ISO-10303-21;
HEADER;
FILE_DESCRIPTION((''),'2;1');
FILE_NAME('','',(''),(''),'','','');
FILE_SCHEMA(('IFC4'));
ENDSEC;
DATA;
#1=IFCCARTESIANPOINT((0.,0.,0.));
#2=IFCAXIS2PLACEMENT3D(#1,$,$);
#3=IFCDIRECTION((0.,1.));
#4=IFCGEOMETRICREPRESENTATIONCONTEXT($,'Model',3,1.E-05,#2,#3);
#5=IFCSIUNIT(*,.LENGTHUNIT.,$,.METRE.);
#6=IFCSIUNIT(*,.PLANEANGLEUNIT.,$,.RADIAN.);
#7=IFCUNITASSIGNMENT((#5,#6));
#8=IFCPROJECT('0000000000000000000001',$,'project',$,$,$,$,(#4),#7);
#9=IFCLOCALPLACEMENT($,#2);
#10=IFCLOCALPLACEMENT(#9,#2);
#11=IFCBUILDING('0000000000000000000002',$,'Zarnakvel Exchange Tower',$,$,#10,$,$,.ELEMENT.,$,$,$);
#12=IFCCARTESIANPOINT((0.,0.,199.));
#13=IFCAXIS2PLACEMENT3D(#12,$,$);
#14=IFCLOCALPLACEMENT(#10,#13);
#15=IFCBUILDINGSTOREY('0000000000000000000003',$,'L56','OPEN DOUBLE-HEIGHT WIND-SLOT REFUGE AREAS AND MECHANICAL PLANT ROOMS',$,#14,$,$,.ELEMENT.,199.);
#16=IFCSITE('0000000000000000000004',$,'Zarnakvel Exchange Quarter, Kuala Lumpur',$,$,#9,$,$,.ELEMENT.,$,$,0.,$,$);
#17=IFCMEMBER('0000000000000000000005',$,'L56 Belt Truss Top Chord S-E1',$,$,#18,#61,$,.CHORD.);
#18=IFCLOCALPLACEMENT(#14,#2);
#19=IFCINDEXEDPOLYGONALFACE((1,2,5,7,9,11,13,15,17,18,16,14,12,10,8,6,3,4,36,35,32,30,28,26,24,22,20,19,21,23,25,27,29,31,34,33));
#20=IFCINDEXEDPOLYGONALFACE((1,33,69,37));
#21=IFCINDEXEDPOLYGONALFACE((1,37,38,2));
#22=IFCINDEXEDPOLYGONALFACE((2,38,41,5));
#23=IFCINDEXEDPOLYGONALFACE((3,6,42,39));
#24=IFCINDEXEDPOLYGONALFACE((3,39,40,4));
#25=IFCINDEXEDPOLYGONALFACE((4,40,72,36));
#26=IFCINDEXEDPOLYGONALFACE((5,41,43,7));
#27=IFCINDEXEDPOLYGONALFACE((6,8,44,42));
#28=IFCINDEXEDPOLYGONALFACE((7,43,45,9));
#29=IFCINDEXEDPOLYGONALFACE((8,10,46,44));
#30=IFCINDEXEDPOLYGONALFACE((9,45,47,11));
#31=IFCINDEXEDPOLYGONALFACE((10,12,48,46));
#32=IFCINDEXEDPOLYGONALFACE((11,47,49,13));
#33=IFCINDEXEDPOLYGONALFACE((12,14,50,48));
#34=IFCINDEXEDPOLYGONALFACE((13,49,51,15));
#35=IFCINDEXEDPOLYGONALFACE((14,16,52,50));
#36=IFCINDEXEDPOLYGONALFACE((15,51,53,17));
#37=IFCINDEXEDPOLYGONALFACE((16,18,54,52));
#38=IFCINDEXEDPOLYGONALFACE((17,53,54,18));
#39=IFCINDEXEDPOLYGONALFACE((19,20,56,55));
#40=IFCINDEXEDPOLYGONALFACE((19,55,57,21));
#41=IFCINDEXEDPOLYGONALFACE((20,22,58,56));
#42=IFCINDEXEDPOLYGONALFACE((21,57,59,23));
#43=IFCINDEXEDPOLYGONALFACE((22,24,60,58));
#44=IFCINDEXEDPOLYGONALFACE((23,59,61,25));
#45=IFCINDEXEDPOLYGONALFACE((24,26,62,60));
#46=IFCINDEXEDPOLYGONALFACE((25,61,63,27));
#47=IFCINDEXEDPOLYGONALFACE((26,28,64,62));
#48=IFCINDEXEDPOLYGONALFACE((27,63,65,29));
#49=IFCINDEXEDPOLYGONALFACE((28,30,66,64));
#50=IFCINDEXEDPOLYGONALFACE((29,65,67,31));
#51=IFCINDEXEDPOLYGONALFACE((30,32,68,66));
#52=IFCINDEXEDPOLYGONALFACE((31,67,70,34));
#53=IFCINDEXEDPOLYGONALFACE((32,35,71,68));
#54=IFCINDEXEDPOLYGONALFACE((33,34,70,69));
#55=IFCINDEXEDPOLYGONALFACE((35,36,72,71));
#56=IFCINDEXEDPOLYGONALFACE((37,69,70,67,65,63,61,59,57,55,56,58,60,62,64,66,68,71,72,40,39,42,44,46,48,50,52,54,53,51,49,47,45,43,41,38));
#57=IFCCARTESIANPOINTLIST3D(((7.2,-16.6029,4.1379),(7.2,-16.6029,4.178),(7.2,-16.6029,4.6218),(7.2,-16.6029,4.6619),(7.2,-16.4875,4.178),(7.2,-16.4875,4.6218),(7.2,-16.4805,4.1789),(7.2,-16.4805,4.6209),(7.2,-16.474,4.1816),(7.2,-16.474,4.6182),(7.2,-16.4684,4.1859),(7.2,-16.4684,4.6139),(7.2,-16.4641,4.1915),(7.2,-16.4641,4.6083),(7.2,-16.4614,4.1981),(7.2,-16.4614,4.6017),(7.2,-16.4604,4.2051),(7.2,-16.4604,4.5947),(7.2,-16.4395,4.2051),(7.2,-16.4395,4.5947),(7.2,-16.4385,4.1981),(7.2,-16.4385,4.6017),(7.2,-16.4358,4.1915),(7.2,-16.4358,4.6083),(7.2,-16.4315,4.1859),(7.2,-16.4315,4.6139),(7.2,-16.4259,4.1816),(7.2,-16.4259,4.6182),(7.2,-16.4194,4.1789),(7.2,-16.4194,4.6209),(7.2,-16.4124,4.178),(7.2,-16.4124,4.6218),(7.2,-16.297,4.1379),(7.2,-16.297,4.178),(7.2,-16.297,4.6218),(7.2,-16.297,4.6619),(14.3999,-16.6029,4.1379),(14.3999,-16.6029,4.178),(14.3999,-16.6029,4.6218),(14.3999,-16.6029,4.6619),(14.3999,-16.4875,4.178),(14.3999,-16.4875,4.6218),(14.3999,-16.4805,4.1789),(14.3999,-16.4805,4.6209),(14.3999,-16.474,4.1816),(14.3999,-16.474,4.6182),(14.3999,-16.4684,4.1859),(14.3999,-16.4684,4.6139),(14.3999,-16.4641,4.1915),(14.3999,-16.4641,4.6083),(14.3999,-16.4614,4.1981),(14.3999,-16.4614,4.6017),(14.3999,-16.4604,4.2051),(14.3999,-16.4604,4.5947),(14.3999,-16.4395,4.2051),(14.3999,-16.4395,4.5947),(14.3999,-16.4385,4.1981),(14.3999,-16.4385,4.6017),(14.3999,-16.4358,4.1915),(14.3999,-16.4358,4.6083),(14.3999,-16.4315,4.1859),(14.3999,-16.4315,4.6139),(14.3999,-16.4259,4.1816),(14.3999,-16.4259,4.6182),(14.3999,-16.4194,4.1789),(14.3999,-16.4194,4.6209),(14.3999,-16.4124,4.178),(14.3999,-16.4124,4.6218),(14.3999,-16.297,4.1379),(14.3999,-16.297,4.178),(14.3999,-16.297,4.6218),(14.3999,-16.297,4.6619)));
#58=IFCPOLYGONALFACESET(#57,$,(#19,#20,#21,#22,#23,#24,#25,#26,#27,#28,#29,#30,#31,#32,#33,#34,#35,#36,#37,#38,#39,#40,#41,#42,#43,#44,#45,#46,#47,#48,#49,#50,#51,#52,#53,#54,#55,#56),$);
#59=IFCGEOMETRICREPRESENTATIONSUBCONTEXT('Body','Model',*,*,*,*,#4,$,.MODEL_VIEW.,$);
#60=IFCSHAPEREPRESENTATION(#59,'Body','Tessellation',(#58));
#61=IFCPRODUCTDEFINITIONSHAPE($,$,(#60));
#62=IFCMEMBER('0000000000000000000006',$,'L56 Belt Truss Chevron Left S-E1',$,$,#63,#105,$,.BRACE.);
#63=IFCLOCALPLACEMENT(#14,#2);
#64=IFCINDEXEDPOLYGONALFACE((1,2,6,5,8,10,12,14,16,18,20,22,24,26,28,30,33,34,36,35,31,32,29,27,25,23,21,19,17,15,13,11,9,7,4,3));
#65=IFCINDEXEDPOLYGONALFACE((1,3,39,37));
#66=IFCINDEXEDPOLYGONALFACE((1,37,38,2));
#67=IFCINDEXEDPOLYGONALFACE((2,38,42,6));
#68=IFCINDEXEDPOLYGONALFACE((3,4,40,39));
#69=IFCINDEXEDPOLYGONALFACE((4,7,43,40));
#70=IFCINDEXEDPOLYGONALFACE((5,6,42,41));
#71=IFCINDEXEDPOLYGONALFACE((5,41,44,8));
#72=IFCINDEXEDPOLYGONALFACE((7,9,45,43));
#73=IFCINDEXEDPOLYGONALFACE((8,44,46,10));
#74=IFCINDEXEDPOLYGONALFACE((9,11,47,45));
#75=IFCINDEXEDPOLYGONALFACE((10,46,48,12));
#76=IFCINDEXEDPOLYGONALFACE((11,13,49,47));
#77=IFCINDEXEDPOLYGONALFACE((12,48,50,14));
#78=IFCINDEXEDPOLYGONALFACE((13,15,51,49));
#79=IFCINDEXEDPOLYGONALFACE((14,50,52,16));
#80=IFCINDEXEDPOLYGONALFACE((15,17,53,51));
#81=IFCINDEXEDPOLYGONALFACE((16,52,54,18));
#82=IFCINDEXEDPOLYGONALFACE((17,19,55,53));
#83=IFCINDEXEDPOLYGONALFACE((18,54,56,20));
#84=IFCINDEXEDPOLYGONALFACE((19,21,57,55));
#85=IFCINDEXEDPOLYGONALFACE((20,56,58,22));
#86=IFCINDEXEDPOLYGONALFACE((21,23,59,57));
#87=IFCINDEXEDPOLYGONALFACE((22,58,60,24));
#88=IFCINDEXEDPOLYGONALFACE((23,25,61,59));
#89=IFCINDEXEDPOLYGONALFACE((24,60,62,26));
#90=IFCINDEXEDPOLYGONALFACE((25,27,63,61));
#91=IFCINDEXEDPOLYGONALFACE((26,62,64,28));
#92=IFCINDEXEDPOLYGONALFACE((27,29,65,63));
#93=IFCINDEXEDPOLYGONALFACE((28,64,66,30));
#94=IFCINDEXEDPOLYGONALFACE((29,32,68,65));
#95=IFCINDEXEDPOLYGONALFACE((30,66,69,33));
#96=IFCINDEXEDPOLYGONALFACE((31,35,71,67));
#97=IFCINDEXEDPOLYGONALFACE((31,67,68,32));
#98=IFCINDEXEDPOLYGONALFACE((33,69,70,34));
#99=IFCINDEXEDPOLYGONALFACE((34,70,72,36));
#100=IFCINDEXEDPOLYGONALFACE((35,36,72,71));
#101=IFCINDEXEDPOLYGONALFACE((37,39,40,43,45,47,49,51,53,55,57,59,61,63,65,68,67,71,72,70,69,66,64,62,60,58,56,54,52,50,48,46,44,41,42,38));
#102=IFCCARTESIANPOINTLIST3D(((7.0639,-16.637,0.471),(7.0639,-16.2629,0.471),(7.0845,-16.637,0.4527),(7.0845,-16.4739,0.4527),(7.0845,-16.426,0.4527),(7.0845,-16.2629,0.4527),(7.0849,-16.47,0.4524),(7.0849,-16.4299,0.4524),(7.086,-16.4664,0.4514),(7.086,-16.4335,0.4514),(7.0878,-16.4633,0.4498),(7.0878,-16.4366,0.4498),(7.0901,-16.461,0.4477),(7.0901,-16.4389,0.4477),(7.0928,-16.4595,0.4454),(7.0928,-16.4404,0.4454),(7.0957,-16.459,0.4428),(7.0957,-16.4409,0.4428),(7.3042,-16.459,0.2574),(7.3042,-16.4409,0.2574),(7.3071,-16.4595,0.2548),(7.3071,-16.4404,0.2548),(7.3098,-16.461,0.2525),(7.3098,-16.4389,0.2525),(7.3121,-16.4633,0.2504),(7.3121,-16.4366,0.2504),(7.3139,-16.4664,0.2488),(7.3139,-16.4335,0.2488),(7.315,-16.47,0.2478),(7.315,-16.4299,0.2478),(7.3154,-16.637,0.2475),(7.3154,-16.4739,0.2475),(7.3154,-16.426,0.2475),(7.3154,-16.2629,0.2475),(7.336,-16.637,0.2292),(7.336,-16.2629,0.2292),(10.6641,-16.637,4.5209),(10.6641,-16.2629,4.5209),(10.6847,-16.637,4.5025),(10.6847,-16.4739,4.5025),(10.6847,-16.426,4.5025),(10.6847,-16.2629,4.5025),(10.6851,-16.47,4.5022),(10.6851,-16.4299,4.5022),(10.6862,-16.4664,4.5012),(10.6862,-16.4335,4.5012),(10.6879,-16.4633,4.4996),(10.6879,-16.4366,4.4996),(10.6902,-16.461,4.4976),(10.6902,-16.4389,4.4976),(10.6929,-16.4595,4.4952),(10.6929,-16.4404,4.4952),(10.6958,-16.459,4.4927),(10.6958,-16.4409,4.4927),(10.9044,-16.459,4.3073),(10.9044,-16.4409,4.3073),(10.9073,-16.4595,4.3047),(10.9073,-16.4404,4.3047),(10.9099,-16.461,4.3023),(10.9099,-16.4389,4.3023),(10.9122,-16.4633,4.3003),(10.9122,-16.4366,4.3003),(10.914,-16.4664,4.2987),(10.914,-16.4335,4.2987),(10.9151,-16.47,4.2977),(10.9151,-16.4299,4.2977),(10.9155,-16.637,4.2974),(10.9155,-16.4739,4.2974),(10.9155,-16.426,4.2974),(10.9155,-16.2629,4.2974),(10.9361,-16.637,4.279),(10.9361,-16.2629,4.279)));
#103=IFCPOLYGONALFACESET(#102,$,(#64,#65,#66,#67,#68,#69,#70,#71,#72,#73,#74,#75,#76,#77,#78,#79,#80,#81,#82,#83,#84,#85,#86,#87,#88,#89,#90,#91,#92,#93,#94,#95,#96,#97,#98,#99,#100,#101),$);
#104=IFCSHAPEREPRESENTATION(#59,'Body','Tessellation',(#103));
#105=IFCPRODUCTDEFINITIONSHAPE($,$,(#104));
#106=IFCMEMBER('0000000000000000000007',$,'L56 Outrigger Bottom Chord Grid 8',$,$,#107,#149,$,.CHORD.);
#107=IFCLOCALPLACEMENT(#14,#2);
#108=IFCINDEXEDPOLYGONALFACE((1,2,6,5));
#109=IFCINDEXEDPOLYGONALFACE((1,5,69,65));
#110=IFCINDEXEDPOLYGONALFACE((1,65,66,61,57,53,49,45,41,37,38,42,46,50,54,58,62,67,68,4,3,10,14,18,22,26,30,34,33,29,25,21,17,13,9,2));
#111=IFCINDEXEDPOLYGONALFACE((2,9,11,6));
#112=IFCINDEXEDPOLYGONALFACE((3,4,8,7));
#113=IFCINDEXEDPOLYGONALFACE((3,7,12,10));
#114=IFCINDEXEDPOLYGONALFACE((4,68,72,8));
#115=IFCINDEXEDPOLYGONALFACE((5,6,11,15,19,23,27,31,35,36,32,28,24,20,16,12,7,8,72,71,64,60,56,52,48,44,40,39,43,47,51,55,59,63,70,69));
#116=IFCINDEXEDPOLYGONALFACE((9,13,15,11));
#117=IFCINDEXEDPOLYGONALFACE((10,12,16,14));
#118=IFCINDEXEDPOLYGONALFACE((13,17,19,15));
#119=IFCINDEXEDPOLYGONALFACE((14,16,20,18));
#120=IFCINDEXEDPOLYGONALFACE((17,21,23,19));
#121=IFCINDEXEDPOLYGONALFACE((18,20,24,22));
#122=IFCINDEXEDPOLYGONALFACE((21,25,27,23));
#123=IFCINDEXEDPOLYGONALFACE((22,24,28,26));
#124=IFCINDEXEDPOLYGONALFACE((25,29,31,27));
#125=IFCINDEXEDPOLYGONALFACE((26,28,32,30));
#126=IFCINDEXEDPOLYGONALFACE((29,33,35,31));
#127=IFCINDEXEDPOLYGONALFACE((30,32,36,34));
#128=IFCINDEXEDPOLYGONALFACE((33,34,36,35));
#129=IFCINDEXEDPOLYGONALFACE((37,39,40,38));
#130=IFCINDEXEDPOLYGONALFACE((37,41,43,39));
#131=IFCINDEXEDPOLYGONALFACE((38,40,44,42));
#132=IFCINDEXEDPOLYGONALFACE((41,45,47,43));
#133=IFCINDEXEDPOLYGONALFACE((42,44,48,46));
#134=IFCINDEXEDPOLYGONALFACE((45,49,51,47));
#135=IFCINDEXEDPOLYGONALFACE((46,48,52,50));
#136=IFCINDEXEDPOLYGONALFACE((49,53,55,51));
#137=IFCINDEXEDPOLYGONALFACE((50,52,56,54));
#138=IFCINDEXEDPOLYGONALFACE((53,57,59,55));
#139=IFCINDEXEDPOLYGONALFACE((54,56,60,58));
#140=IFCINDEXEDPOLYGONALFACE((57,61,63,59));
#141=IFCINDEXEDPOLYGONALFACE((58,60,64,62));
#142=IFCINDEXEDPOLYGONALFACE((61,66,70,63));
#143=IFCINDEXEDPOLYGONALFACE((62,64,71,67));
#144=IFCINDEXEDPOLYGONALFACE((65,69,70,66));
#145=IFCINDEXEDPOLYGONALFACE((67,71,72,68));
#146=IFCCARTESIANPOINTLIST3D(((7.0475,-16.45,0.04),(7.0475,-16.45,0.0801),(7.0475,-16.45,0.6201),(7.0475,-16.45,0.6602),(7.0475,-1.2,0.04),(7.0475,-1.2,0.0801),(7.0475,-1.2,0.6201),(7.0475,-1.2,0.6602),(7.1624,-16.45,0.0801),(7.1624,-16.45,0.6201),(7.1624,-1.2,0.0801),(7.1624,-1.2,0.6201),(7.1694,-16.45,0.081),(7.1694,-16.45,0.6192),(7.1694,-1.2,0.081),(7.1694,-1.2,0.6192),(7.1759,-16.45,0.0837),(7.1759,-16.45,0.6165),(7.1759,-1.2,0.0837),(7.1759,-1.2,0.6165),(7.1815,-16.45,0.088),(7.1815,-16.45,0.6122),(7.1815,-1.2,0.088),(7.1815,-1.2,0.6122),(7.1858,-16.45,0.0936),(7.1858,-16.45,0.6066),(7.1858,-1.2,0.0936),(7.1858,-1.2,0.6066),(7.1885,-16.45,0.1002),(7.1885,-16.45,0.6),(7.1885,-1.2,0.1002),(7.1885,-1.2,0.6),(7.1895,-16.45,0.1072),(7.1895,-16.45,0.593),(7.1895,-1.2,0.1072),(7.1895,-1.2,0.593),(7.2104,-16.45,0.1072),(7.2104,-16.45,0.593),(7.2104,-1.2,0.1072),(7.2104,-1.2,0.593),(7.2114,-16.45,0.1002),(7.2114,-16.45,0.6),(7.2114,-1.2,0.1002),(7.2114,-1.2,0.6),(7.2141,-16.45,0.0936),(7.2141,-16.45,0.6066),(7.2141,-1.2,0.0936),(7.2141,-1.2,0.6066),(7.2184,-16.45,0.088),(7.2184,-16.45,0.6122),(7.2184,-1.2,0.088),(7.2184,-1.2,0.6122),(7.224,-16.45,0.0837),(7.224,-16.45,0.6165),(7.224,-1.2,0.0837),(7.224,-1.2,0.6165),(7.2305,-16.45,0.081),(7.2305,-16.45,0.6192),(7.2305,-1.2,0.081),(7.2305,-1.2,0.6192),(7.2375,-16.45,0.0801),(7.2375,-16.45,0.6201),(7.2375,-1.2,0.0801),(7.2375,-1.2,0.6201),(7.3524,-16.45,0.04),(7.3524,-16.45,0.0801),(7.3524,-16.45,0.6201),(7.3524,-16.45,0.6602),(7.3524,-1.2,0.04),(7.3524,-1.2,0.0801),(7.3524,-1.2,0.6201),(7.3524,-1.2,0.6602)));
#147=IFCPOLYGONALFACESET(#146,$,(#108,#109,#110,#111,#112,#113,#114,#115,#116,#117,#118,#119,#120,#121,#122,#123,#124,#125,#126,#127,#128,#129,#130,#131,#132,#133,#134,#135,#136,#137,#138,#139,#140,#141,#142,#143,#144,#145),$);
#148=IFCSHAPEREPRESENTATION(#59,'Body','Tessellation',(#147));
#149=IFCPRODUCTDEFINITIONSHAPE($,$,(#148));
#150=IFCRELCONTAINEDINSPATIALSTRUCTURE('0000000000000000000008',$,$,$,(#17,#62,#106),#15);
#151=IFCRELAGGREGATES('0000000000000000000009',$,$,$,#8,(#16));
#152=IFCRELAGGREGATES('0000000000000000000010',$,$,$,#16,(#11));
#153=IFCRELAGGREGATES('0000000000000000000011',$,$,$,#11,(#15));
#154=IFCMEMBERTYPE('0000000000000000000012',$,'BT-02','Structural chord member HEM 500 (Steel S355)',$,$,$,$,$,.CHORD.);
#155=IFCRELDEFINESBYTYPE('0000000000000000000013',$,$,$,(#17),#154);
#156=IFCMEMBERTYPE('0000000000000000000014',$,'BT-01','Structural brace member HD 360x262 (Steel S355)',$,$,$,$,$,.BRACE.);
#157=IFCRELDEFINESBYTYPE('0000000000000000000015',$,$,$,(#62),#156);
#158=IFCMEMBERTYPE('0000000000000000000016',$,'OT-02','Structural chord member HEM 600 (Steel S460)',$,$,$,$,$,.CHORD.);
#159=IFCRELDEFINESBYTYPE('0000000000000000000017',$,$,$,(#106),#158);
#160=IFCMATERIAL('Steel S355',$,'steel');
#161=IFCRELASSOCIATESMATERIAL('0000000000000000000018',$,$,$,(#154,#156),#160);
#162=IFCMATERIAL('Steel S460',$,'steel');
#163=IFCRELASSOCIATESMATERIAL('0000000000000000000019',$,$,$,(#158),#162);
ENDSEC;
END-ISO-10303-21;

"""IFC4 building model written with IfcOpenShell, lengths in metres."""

from ifc_helpers import new_model, si_unit, direction, frame, origin, origin_2d, place, context, subcontext, project, spatial, i_section, extrude, source, transform, mapped, material, material_profile, profile_set, type_object, element, save


model = new_model("IFC4")

# Units and contexts
model_context = context("Model", 3, precision=1e-05, world=origin(), true_north=direction((0.0, 1.0)))
body_context = subcontext(model_context, "Body", "Model", "MODEL_VIEW")
ifc_project = project(units=[si_unit("LENGTHUNIT", "METRE"), si_unit("PLANEANGLEUNIT", "RADIAN")], contexts=[model_context])

# Site, building, storey
site_placement = place(None, origin())
site = spatial("IfcSite", under=ifc_project, at=site_placement, Name="Zarnakvel Exchange Quarter, Kuala Lumpur", CompositionType="ELEMENT", RefElevation=0.0)
building_placement = place(site_placement, origin())
building = spatial("IfcBuilding", under=site, at=building_placement, Name="Zarnakvel Exchange Tower", CompositionType="ELEMENT")
storey_placement = place(building_placement, frame((0.0, 0.0, 199.0)))
storey = spatial("IfcBuildingStorey", under=building, at=storey_placement, Name="L56", Description="OPEN DOUBLE-HEIGHT WIND-SLOT REFUGE AREAS AND MECHANICAL PLANT ROOMS", CompositionType="ELEMENT", Elevation=199.0)

# Shared definitions
ifc_material_1 = material(Name="Steel S355", Category="steel")
ifc_material_2 = material(Name="Steel S460", Category="steel")

# Members
ifc_material_profile_1 = material_profile(ifc_material_1, i_section(OverallWidth=0.3059, OverallDepth=0.5239, WebThickness=0.021, FlangeThickness=0.04, FilletRadius=0.0271, at=origin_2d()))
ifc_profile_set_1 = profile_set([ifc_material_profile_1], Name="Steel S355")
member_type_1 = type_object("IfcMemberType", Name="BT-02", Description="Structural chord member HEM 500 (Steel S355)", PredefinedType="CHORD", material=ifc_profile_set_1)
shared_shape_1 = source(origin(), body_context, "Body", "SweptSolid", [
    extrude(i_section(OverallWidth=0.3059, OverallDepth=0.5239, WebThickness=0.021, FlangeThickness=0.04, FilletRadius=0.0271, at=origin_2d()), origin(), (0.0, 0.0, 1.0), 7.2),
])
for number, where, z_axis, x_axis, name in (
    (1, (7.2, -16.45, 4.3999), (1.0, 0.0, 0.0), (0.0, 1.0, 0.0), "L56 Belt Truss Top Chord S-E1"),
):
    element("IfcMember", number, at=place(storey_placement, frame(where, z_axis=z_axis, x_axis=x_axis)), inside=storey, type_object=member_type_1, Name=name, PredefinedType="CHORD", context=body_context, shape_type="MappedRepresentation", body=[
        mapped(shared_shape_1, transform((0.0, 0.0, 0.0), x_axis=(1.0, 0.0, 0.0), y_axis=(0.0, 1.0, 0.0), z_axis=(0.0, 0.0, 1.0), scale=1.0)),
    ])
ifc_material_profile_2 = material_profile(ifc_material_1, i_section(OverallWidth=0.374, OverallDepth=0.364, WebThickness=0.0181, FlangeThickness=0.0276, FilletRadius=0.0149, at=origin_2d()))
ifc_profile_set_2 = profile_set([ifc_material_profile_2], Name="Steel S355")
member_type_2 = type_object("IfcMemberType", Name="BT-01", Description="Structural brace member HD 360x262 (Steel S355)", PredefinedType="BRACE", material=ifc_profile_set_2)
shared_shape_2 = source(origin(), body_context, "Body", "SweptSolid", [
    extrude(i_section(OverallWidth=0.374, OverallDepth=0.364, WebThickness=0.0181, FlangeThickness=0.0276, FilletRadius=0.0149, at=origin_2d()), origin(), (0.0, 0.0, 1.0), 5.4187),
])
member_1_placement = place(storey_placement, frame((7.2, -16.45, 0.3501), z_axis=(0.664392, 0.0, 0.747384), x_axis=(0.0, 1.0, 0.0)))
element("IfcMember", 2, at=member_1_placement, inside=storey, type_object=member_type_2, Name="L56 Belt Truss Chevron Left S-E1", PredefinedType="BRACE", context=body_context, shape_type="MappedRepresentation", body=[
    mapped(shared_shape_2, transform((0.0, 0.0, 0.0), x_axis=(1.0, 0.0, 0.0), y_axis=(0.0, 1.0, 0.0), z_axis=(0.0, 0.0, 1.0), scale=1.0)),
])
ifc_material_profile_3 = material_profile(ifc_material_2, i_section(OverallWidth=0.3049, OverallDepth=0.6201, WebThickness=0.021, FlangeThickness=0.04, FilletRadius=0.0271, at=origin_2d()))
ifc_profile_set_3 = profile_set([ifc_material_profile_3], Name="Steel S460")
member_type_3 = type_object("IfcMemberType", Name="OT-02", Description="Structural chord member HEM 600 (Steel S460)", PredefinedType="CHORD", material=ifc_profile_set_3)
shared_shape_3 = source(origin(), body_context, "Body", "SweptSolid", [
    extrude(i_section(OverallWidth=0.3049, OverallDepth=0.6201, WebThickness=0.021, FlangeThickness=0.04, FilletRadius=0.0271, at=origin_2d()), origin(), (0.0, 0.0, 1.0), 15.25),
])
for number, where, z_axis, x_axis, name in (
    (3, (7.2, -16.45, 0.3501), (0.0, 1.0, 0.0), (-1.0, 0.0, 0.0), "L56 Outrigger Bottom Chord Grid 8"),
):
    element("IfcMember", number, at=place(storey_placement, frame(where, z_axis=z_axis, x_axis=x_axis)), inside=storey, type_object=member_type_3, Name=name, PredefinedType="CHORD", context=body_context, shape_type="MappedRepresentation", body=[
        mapped(shared_shape_3, transform((0.0, 0.0, 0.0), x_axis=(1.0, 0.0, 0.0), y_axis=(0.0, 1.0, 0.0), z_axis=(0.0, 0.0, 1.0), scale=1.0)),
    ])

save(model, "model.ifc")
